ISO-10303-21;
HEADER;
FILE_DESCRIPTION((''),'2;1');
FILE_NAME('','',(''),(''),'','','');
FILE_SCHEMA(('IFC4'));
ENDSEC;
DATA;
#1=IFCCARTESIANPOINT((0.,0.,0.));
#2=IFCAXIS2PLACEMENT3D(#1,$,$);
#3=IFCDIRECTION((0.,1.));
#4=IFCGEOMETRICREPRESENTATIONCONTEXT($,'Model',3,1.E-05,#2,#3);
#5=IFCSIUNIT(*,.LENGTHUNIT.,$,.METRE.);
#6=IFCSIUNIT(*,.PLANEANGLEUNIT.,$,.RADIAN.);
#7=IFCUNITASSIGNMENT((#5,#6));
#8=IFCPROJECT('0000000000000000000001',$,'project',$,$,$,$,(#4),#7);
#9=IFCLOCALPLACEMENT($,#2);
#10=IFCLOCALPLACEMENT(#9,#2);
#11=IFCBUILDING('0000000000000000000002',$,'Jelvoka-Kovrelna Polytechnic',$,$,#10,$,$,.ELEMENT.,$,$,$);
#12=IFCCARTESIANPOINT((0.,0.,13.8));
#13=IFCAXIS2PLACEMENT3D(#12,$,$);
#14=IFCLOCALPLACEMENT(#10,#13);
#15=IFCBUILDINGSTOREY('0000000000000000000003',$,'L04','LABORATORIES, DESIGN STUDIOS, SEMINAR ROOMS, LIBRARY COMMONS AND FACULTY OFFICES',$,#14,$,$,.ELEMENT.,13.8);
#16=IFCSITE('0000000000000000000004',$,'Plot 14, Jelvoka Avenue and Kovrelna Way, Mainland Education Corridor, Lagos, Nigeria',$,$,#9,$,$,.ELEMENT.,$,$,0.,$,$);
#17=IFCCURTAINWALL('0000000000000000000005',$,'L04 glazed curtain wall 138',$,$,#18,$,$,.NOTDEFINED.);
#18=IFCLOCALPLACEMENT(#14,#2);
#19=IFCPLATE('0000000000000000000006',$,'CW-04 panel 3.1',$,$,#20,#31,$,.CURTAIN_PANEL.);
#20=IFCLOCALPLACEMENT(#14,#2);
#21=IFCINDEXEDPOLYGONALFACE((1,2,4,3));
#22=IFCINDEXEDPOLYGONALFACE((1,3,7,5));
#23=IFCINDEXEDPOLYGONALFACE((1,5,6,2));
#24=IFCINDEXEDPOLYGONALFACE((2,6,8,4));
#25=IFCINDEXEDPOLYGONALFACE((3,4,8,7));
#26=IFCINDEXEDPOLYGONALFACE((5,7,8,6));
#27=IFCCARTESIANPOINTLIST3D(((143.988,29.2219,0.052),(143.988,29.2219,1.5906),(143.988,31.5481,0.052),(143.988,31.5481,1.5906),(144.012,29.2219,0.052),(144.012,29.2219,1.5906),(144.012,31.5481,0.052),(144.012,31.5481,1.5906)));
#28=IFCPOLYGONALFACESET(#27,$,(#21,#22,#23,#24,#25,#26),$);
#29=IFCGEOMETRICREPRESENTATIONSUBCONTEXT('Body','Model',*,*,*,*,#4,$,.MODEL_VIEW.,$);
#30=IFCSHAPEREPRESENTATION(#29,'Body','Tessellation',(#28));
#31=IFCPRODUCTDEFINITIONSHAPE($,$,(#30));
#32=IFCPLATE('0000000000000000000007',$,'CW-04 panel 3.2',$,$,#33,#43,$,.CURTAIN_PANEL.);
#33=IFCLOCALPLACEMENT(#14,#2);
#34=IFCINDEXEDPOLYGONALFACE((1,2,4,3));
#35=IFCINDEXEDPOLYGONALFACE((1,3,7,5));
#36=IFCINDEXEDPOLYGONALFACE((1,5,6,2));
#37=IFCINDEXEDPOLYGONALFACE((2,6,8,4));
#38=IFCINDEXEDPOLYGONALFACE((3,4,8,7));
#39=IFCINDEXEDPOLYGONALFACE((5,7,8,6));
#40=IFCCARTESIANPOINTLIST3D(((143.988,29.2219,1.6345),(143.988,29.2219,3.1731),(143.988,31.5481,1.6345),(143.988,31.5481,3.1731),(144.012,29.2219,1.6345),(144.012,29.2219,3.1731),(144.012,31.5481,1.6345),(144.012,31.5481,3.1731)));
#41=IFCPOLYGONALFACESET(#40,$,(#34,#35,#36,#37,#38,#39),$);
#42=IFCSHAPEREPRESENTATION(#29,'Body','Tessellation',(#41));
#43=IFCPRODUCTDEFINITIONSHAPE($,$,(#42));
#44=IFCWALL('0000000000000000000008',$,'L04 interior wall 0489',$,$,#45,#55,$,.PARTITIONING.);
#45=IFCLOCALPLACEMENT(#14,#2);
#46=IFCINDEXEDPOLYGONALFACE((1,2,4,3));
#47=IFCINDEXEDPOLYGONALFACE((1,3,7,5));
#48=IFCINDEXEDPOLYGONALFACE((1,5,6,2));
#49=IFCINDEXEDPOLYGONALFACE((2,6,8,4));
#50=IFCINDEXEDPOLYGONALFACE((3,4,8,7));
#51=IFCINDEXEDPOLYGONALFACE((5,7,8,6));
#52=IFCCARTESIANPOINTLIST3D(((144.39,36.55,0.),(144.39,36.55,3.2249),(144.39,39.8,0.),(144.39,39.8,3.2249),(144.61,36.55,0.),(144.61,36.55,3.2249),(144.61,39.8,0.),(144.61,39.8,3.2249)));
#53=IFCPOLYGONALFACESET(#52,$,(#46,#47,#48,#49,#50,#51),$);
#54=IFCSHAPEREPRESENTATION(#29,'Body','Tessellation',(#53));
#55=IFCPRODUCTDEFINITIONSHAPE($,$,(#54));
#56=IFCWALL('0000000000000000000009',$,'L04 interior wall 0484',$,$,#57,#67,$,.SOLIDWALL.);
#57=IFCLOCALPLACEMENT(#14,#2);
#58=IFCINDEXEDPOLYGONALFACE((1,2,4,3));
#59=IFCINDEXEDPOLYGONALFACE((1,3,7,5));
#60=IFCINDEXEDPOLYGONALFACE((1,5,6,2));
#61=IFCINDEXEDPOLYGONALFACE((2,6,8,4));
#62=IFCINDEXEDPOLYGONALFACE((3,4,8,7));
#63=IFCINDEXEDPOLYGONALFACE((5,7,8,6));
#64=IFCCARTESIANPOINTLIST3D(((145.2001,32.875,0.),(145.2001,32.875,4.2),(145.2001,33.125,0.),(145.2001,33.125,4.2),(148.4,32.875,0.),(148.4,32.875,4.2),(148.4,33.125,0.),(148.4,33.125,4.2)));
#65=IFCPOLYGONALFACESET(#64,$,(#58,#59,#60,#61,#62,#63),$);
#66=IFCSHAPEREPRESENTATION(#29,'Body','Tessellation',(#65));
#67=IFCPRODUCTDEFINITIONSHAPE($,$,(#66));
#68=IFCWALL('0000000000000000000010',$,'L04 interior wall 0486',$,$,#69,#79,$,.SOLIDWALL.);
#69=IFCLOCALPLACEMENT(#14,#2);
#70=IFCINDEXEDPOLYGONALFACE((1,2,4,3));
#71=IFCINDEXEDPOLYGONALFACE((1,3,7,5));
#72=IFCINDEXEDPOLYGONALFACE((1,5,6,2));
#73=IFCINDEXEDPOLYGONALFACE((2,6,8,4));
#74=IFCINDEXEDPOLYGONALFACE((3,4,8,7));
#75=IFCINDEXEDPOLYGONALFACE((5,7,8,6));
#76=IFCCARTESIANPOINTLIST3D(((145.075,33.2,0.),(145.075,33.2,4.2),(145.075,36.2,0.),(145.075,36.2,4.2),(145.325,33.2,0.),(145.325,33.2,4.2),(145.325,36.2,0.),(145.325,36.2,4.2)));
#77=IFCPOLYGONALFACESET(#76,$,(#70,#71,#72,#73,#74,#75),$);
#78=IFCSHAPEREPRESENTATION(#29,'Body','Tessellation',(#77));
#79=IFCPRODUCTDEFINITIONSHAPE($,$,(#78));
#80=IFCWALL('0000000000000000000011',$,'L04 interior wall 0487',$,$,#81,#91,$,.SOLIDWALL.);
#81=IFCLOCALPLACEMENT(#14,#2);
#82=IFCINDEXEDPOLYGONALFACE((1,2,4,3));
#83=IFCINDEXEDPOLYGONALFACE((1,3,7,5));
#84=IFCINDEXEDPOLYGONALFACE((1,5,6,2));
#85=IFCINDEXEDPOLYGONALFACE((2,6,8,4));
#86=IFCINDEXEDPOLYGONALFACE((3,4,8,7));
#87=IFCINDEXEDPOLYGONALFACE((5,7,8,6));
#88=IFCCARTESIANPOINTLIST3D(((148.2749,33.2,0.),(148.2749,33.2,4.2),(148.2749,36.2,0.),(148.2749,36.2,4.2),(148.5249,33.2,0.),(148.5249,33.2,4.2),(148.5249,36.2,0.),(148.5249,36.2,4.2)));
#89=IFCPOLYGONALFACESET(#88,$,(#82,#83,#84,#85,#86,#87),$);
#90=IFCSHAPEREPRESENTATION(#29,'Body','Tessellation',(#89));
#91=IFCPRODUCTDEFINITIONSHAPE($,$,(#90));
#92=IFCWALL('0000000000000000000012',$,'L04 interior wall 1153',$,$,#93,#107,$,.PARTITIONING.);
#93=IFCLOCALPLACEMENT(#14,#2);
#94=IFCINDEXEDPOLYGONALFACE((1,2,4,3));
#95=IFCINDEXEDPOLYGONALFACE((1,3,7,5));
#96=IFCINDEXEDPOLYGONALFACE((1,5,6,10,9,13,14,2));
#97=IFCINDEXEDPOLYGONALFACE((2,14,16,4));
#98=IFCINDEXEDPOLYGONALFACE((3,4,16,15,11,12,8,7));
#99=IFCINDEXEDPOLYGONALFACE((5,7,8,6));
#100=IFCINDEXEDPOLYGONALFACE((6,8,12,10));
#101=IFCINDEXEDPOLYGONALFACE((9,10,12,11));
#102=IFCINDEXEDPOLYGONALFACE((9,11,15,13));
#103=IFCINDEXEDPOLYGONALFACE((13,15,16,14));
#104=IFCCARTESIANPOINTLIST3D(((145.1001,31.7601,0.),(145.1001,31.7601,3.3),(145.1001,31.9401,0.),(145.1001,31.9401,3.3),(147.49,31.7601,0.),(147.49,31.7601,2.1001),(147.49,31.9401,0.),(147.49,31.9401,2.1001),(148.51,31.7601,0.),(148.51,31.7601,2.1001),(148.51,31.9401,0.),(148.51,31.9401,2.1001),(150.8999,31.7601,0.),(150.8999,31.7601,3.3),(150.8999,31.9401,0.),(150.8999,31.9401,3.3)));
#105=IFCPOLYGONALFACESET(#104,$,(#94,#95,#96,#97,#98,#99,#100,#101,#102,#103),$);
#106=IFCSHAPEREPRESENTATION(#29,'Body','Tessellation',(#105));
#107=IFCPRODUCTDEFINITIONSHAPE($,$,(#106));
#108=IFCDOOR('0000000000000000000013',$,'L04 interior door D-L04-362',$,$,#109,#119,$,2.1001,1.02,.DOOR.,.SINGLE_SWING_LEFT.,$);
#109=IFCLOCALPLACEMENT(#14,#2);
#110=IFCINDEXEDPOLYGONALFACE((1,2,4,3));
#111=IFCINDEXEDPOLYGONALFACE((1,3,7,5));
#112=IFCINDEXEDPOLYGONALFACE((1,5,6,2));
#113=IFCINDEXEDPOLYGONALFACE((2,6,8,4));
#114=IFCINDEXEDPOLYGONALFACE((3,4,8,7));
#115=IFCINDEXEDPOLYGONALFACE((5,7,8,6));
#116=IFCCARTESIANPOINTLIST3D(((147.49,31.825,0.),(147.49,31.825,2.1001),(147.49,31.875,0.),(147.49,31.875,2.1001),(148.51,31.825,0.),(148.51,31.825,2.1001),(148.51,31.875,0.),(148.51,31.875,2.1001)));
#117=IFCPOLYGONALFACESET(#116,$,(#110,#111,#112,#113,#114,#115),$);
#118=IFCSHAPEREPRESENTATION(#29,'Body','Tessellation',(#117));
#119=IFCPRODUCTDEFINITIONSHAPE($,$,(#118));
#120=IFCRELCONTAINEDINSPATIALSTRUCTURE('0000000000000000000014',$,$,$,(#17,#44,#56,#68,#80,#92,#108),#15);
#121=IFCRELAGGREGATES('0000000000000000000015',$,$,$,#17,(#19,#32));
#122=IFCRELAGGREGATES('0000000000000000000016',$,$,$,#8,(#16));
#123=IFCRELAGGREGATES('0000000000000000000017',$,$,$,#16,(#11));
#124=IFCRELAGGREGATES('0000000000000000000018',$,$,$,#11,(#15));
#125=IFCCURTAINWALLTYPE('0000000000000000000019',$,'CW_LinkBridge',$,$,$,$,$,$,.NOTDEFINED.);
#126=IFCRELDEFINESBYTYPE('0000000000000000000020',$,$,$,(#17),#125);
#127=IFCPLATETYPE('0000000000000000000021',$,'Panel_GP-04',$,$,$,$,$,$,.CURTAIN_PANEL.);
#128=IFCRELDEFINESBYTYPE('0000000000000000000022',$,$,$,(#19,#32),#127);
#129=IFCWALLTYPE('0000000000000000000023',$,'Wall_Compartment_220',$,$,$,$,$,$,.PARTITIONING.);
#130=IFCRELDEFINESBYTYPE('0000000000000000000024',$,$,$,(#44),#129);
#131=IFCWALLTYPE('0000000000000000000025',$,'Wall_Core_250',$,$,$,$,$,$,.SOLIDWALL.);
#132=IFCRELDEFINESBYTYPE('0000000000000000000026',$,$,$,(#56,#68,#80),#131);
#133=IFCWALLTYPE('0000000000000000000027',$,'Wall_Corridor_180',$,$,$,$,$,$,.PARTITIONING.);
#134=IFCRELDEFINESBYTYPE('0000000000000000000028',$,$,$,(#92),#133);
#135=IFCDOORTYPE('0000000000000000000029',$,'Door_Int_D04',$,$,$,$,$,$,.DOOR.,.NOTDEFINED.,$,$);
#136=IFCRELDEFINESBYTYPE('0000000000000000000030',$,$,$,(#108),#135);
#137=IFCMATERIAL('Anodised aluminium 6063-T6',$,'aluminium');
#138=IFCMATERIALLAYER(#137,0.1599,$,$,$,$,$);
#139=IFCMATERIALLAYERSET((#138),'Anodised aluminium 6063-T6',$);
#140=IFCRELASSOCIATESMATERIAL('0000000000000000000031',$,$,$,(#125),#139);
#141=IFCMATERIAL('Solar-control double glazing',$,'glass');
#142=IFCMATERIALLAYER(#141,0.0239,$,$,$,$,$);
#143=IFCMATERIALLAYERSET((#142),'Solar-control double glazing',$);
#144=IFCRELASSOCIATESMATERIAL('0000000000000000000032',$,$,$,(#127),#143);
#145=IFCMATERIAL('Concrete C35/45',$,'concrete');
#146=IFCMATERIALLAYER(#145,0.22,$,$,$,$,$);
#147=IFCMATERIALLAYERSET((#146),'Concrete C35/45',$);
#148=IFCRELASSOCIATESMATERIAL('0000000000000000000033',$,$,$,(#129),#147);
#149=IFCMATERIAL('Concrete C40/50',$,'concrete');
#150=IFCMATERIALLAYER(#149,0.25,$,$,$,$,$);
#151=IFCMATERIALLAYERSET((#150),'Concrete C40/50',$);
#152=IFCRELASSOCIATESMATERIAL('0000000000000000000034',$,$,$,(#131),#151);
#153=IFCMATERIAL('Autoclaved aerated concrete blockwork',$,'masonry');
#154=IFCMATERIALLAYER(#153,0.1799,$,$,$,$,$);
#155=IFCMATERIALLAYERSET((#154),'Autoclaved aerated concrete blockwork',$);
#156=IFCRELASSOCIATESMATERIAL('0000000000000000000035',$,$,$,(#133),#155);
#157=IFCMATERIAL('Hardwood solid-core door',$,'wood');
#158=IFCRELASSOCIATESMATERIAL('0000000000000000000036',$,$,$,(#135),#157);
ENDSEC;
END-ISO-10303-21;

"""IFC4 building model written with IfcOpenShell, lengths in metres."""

from ifc_helpers import new_model, si_unit, direction, frame, frame_2d, origin, origin_2d, place, context, subcontext, project, spatial, rectangle, extrude, material, layer, layer_set, type_object, element, fill, aggregate, save


model = new_model("IFC4")

# Units and contexts
model_context = context("Model", 3, precision=1e-05, world=origin(), true_north=direction((0.0, 1.0)))
body_context = subcontext(model_context, "Body", "Model", "MODEL_VIEW")
ifc_project = project(units=[si_unit("LENGTHUNIT", "METRE"), si_unit("PLANEANGLEUNIT", "RADIAN")], contexts=[model_context])

# Site, building, storey
site_placement = place(None, origin())
site = spatial("IfcSite", under=ifc_project, at=site_placement, Name="Plot 14, Jelvoka Avenue and Kovrelna Way, Mainland Education Corridor, Lagos, Nigeria", CompositionType="ELEMENT", RefElevation=0.0)
building_placement = place(site_placement, origin())
building = spatial("IfcBuilding", under=site, at=building_placement, Name="Jelvoka-Kovrelna Polytechnic", CompositionType="ELEMENT")
storey_placement = place(building_placement, frame((0.0, 0.0, 13.8)))
storey = spatial("IfcBuildingStorey", under=building, at=storey_placement, Name="L04", Description="LABORATORIES, DESIGN STUDIOS, SEMINAR ROOMS, LIBRARY COMMONS AND FACULTY OFFICES", CompositionType="ELEMENT", Elevation=13.8)

# Curtain wall
ifc_material_1 = material(Name="Anodised aluminium 6063-T6", Category="aluminium")
ifc_layer_1 = layer(ifc_material_1, 0.1599)
ifc_layer_set_1 = layer_set([ifc_layer_1], Name="Anodised aluminium 6063-T6")
curtain_wall_type = type_object("IfcCurtainWallType", Name="CW_LinkBridge", PredefinedType="NOTDEFINED", material=ifc_layer_set_1)
curtain_wall_placement = place(storey_placement, origin())
curtain_wall = element("IfcCurtainWall", 1, at=curtain_wall_placement, inside=storey, type_object=curtain_wall_type, Name="L04 glazed curtain wall 138", PredefinedType="NOTDEFINED")

# Plates
ifc_material_2 = material(Name="Solar-control double glazing", Category="glass")
ifc_layer_2 = layer(ifc_material_2, 0.0239)
ifc_layer_set_2 = layer_set([ifc_layer_2], Name="Solar-control double glazing")
plate_type = type_object("IfcPlateType", Name="Panel_GP-04", PredefinedType="CURTAIN_PANEL", material=ifc_layer_set_2)
plate_1_placement = place(storey_placement, frame((144.0, 30.385, 0.052), z_axis=(0.0, 0.0, 1.0), x_axis=(0.0, 1.0, 0.0)))
plate_1 = element("IfcPlate", 2, at=plate_1_placement, type_object=plate_type, Name="CW-04 panel 3.1", PredefinedType="CURTAIN_PANEL", context=body_context, shape_type="SweptSolid", body=[
    extrude(rectangle(XDim=2.3262, YDim=0.0239, at=origin_2d()), origin(), (0.0, 0.0, 1.0), 1.5386),
])
plate_2_placement = place(storey_placement, frame((144.0, 30.385, 1.6345), z_axis=(0.0, 0.0, 1.0), x_axis=(0.0, 1.0, 0.0)))
plate_2 = element("IfcPlate", 3, at=plate_2_placement, type_object=plate_type, Name="CW-04 panel 3.2", PredefinedType="CURTAIN_PANEL", context=body_context, shape_type="SweptSolid", body=[
    extrude(rectangle(XDim=2.3262, YDim=0.0239, at=origin_2d()), origin(), (0.0, 0.0, 1.0), 1.5386),
])
aggregate(curtain_wall, [plate_1, plate_2])

# Walls
ifc_material_3 = material(Name="Concrete C35/45", Category="concrete")
ifc_layer_3 = layer(ifc_material_3, 0.22)
ifc_layer_set_3 = layer_set([ifc_layer_3], Name="Concrete C35/45")
wall_type_1 = type_object("IfcWallType", Name="Wall_Compartment_220", PredefinedType="PARTITIONING", material=ifc_layer_set_3)
wall_1_placement = place(storey_placement, frame((144.5, 36.55, 0.0), z_axis=(0.0, 0.0, 1.0), x_axis=(0.0, 1.0, 0.0)))
element("IfcWall", 4, at=wall_1_placement, inside=storey, type_object=wall_type_1, Name="L04 interior wall 0489", PredefinedType="PARTITIONING", context=body_context, shape_type="SweptSolid", body=[
    extrude(rectangle(XDim=3.25, YDim=0.22, at=frame_2d((1.625, 0.0))), origin(), (0.0, 0.0, 1.0), 3.2249),
])
ifc_material_4 = material(Name="Concrete C40/50", Category="concrete")
ifc_layer_4 = layer(ifc_material_4, 0.25)
ifc_layer_set_4 = layer_set([ifc_layer_4], Name="Concrete C40/50")
wall_type_2 = type_object("IfcWallType", Name="Wall_Core_250", PredefinedType="SOLIDWALL", material=ifc_layer_set_4)
wall_2_placement = place(storey_placement, frame((145.2, 33.0, 0.0), z_axis=(0.0, 0.0, 1.0), x_axis=(1.0, 0.0, 0.0)))
element("IfcWall", 5, at=wall_2_placement, inside=storey, type_object=wall_type_2, Name="L04 interior wall 0484", PredefinedType="SOLIDWALL", context=body_context, shape_type="SweptSolid", body=[
    extrude(rectangle(XDim=3.2, YDim=0.25, at=frame_2d((1.6001, 0.0))), origin(), (0.0, 0.0, 1.0), 4.2),
])

# Walls
for number, where, z_axis, x_axis, name in (
    (6, (145.2, 33.2, 0.0), (0.0, 0.0, 1.0), (0.0, 1.0, 0.0), "L04 interior wall 0486"),
    (7, (148.3999, 33.2, 0.0), (0.0, 0.0, 1.0), (0.0, 1.0, 0.0), "L04 interior wall 0487"),
):
    element("IfcWall", number, at=place(storey_placement, frame(where, z_axis=z_axis, x_axis=x_axis)), inside=storey, type_object=wall_type_2, Name=name, PredefinedType="SOLIDWALL", context=body_context, shape_type="SweptSolid", body=[
        extrude(rectangle(XDim=3.0, YDim=0.25, at=frame_2d((1.5, 0.0))), origin(), (0.0, 0.0, 1.0), 4.2),
    ])

# Wall, opening, door
ifc_material_5 = material(Name="Autoclaved aerated concrete blockwork", Category="masonry")
ifc_layer_5 = layer(ifc_material_5, 0.1799)
ifc_layer_set_5 = layer_set([ifc_layer_5], Name="Autoclaved aerated concrete blockwork")
wall_type_3 = type_object("IfcWallType", Name="Wall_Corridor_180", PredefinedType="PARTITIONING", material=ifc_layer_set_5)
wall_3_placement = place(storey_placement, frame((145.1001, 31.8501, 0.0), z_axis=(0.0, 0.0, 1.0), x_axis=(1.0, 0.0, 0.0)))
wall_3 = element("IfcWall", 8, at=wall_3_placement, inside=storey, type_object=wall_type_3, Name="L04 interior wall 1153", PredefinedType="PARTITIONING", context=body_context, shape_type="SweptSolid", body=[
    extrude(rectangle(XDim=5.7998, YDim=0.1799, at=frame_2d((2.8999, 0.0))), origin(), (0.0, 0.0, 1.0), 3.3),
])
opening_1_placement = place(wall_3_placement, frame((2.3899, 0.0, 0.0)))
opening_1 = element("IfcOpeningElement", 9, at=opening_1_placement, cuts=wall_3, PredefinedType="OPENING", context=body_context, shape_type="SweptSolid", body=[
    extrude(rectangle(XDim=1.02, YDim=2.1001, at=frame_2d((0.51, 1.05))), frame((0.0, 0.0999, 0.0), z_axis=(0.0, -1.0, 0.0), x_axis=(1.0, 0.0, 0.0)), (0.0, 0.0, 1.0), 0.2),
])
ifc_material_6 = material(Name="Hardwood solid-core door", Category="wood")
door_type_1 = type_object("IfcDoorType", Name="Door_Int_D04", OperationType="NOTDEFINED", PredefinedType="DOOR", material=ifc_material_6)
door_1_placement = place(opening_1_placement, origin())
door_1 = element("IfcDoor", 10, at=door_1_placement, inside=storey, type_object=door_type_1, Name="L04 interior door D-L04-362", OperationType="SINGLE_SWING_LEFT", OverallHeight=2.1001, OverallWidth=1.02, PredefinedType="DOOR", context=body_context, shape_type="SweptSolid", body=[
    extrude(rectangle(XDim=1.02, YDim=2.1001, at=frame_2d((0.51, 1.05))), frame((0.0, 0.0249, 0.0), z_axis=(0.0, -1.0, 0.0), x_axis=(1.0, 0.0, 0.0)), (0.0, 0.0, 1.0), 0.05),
])
fill(opening_1, door_1)

save(model, "model.ifc")
